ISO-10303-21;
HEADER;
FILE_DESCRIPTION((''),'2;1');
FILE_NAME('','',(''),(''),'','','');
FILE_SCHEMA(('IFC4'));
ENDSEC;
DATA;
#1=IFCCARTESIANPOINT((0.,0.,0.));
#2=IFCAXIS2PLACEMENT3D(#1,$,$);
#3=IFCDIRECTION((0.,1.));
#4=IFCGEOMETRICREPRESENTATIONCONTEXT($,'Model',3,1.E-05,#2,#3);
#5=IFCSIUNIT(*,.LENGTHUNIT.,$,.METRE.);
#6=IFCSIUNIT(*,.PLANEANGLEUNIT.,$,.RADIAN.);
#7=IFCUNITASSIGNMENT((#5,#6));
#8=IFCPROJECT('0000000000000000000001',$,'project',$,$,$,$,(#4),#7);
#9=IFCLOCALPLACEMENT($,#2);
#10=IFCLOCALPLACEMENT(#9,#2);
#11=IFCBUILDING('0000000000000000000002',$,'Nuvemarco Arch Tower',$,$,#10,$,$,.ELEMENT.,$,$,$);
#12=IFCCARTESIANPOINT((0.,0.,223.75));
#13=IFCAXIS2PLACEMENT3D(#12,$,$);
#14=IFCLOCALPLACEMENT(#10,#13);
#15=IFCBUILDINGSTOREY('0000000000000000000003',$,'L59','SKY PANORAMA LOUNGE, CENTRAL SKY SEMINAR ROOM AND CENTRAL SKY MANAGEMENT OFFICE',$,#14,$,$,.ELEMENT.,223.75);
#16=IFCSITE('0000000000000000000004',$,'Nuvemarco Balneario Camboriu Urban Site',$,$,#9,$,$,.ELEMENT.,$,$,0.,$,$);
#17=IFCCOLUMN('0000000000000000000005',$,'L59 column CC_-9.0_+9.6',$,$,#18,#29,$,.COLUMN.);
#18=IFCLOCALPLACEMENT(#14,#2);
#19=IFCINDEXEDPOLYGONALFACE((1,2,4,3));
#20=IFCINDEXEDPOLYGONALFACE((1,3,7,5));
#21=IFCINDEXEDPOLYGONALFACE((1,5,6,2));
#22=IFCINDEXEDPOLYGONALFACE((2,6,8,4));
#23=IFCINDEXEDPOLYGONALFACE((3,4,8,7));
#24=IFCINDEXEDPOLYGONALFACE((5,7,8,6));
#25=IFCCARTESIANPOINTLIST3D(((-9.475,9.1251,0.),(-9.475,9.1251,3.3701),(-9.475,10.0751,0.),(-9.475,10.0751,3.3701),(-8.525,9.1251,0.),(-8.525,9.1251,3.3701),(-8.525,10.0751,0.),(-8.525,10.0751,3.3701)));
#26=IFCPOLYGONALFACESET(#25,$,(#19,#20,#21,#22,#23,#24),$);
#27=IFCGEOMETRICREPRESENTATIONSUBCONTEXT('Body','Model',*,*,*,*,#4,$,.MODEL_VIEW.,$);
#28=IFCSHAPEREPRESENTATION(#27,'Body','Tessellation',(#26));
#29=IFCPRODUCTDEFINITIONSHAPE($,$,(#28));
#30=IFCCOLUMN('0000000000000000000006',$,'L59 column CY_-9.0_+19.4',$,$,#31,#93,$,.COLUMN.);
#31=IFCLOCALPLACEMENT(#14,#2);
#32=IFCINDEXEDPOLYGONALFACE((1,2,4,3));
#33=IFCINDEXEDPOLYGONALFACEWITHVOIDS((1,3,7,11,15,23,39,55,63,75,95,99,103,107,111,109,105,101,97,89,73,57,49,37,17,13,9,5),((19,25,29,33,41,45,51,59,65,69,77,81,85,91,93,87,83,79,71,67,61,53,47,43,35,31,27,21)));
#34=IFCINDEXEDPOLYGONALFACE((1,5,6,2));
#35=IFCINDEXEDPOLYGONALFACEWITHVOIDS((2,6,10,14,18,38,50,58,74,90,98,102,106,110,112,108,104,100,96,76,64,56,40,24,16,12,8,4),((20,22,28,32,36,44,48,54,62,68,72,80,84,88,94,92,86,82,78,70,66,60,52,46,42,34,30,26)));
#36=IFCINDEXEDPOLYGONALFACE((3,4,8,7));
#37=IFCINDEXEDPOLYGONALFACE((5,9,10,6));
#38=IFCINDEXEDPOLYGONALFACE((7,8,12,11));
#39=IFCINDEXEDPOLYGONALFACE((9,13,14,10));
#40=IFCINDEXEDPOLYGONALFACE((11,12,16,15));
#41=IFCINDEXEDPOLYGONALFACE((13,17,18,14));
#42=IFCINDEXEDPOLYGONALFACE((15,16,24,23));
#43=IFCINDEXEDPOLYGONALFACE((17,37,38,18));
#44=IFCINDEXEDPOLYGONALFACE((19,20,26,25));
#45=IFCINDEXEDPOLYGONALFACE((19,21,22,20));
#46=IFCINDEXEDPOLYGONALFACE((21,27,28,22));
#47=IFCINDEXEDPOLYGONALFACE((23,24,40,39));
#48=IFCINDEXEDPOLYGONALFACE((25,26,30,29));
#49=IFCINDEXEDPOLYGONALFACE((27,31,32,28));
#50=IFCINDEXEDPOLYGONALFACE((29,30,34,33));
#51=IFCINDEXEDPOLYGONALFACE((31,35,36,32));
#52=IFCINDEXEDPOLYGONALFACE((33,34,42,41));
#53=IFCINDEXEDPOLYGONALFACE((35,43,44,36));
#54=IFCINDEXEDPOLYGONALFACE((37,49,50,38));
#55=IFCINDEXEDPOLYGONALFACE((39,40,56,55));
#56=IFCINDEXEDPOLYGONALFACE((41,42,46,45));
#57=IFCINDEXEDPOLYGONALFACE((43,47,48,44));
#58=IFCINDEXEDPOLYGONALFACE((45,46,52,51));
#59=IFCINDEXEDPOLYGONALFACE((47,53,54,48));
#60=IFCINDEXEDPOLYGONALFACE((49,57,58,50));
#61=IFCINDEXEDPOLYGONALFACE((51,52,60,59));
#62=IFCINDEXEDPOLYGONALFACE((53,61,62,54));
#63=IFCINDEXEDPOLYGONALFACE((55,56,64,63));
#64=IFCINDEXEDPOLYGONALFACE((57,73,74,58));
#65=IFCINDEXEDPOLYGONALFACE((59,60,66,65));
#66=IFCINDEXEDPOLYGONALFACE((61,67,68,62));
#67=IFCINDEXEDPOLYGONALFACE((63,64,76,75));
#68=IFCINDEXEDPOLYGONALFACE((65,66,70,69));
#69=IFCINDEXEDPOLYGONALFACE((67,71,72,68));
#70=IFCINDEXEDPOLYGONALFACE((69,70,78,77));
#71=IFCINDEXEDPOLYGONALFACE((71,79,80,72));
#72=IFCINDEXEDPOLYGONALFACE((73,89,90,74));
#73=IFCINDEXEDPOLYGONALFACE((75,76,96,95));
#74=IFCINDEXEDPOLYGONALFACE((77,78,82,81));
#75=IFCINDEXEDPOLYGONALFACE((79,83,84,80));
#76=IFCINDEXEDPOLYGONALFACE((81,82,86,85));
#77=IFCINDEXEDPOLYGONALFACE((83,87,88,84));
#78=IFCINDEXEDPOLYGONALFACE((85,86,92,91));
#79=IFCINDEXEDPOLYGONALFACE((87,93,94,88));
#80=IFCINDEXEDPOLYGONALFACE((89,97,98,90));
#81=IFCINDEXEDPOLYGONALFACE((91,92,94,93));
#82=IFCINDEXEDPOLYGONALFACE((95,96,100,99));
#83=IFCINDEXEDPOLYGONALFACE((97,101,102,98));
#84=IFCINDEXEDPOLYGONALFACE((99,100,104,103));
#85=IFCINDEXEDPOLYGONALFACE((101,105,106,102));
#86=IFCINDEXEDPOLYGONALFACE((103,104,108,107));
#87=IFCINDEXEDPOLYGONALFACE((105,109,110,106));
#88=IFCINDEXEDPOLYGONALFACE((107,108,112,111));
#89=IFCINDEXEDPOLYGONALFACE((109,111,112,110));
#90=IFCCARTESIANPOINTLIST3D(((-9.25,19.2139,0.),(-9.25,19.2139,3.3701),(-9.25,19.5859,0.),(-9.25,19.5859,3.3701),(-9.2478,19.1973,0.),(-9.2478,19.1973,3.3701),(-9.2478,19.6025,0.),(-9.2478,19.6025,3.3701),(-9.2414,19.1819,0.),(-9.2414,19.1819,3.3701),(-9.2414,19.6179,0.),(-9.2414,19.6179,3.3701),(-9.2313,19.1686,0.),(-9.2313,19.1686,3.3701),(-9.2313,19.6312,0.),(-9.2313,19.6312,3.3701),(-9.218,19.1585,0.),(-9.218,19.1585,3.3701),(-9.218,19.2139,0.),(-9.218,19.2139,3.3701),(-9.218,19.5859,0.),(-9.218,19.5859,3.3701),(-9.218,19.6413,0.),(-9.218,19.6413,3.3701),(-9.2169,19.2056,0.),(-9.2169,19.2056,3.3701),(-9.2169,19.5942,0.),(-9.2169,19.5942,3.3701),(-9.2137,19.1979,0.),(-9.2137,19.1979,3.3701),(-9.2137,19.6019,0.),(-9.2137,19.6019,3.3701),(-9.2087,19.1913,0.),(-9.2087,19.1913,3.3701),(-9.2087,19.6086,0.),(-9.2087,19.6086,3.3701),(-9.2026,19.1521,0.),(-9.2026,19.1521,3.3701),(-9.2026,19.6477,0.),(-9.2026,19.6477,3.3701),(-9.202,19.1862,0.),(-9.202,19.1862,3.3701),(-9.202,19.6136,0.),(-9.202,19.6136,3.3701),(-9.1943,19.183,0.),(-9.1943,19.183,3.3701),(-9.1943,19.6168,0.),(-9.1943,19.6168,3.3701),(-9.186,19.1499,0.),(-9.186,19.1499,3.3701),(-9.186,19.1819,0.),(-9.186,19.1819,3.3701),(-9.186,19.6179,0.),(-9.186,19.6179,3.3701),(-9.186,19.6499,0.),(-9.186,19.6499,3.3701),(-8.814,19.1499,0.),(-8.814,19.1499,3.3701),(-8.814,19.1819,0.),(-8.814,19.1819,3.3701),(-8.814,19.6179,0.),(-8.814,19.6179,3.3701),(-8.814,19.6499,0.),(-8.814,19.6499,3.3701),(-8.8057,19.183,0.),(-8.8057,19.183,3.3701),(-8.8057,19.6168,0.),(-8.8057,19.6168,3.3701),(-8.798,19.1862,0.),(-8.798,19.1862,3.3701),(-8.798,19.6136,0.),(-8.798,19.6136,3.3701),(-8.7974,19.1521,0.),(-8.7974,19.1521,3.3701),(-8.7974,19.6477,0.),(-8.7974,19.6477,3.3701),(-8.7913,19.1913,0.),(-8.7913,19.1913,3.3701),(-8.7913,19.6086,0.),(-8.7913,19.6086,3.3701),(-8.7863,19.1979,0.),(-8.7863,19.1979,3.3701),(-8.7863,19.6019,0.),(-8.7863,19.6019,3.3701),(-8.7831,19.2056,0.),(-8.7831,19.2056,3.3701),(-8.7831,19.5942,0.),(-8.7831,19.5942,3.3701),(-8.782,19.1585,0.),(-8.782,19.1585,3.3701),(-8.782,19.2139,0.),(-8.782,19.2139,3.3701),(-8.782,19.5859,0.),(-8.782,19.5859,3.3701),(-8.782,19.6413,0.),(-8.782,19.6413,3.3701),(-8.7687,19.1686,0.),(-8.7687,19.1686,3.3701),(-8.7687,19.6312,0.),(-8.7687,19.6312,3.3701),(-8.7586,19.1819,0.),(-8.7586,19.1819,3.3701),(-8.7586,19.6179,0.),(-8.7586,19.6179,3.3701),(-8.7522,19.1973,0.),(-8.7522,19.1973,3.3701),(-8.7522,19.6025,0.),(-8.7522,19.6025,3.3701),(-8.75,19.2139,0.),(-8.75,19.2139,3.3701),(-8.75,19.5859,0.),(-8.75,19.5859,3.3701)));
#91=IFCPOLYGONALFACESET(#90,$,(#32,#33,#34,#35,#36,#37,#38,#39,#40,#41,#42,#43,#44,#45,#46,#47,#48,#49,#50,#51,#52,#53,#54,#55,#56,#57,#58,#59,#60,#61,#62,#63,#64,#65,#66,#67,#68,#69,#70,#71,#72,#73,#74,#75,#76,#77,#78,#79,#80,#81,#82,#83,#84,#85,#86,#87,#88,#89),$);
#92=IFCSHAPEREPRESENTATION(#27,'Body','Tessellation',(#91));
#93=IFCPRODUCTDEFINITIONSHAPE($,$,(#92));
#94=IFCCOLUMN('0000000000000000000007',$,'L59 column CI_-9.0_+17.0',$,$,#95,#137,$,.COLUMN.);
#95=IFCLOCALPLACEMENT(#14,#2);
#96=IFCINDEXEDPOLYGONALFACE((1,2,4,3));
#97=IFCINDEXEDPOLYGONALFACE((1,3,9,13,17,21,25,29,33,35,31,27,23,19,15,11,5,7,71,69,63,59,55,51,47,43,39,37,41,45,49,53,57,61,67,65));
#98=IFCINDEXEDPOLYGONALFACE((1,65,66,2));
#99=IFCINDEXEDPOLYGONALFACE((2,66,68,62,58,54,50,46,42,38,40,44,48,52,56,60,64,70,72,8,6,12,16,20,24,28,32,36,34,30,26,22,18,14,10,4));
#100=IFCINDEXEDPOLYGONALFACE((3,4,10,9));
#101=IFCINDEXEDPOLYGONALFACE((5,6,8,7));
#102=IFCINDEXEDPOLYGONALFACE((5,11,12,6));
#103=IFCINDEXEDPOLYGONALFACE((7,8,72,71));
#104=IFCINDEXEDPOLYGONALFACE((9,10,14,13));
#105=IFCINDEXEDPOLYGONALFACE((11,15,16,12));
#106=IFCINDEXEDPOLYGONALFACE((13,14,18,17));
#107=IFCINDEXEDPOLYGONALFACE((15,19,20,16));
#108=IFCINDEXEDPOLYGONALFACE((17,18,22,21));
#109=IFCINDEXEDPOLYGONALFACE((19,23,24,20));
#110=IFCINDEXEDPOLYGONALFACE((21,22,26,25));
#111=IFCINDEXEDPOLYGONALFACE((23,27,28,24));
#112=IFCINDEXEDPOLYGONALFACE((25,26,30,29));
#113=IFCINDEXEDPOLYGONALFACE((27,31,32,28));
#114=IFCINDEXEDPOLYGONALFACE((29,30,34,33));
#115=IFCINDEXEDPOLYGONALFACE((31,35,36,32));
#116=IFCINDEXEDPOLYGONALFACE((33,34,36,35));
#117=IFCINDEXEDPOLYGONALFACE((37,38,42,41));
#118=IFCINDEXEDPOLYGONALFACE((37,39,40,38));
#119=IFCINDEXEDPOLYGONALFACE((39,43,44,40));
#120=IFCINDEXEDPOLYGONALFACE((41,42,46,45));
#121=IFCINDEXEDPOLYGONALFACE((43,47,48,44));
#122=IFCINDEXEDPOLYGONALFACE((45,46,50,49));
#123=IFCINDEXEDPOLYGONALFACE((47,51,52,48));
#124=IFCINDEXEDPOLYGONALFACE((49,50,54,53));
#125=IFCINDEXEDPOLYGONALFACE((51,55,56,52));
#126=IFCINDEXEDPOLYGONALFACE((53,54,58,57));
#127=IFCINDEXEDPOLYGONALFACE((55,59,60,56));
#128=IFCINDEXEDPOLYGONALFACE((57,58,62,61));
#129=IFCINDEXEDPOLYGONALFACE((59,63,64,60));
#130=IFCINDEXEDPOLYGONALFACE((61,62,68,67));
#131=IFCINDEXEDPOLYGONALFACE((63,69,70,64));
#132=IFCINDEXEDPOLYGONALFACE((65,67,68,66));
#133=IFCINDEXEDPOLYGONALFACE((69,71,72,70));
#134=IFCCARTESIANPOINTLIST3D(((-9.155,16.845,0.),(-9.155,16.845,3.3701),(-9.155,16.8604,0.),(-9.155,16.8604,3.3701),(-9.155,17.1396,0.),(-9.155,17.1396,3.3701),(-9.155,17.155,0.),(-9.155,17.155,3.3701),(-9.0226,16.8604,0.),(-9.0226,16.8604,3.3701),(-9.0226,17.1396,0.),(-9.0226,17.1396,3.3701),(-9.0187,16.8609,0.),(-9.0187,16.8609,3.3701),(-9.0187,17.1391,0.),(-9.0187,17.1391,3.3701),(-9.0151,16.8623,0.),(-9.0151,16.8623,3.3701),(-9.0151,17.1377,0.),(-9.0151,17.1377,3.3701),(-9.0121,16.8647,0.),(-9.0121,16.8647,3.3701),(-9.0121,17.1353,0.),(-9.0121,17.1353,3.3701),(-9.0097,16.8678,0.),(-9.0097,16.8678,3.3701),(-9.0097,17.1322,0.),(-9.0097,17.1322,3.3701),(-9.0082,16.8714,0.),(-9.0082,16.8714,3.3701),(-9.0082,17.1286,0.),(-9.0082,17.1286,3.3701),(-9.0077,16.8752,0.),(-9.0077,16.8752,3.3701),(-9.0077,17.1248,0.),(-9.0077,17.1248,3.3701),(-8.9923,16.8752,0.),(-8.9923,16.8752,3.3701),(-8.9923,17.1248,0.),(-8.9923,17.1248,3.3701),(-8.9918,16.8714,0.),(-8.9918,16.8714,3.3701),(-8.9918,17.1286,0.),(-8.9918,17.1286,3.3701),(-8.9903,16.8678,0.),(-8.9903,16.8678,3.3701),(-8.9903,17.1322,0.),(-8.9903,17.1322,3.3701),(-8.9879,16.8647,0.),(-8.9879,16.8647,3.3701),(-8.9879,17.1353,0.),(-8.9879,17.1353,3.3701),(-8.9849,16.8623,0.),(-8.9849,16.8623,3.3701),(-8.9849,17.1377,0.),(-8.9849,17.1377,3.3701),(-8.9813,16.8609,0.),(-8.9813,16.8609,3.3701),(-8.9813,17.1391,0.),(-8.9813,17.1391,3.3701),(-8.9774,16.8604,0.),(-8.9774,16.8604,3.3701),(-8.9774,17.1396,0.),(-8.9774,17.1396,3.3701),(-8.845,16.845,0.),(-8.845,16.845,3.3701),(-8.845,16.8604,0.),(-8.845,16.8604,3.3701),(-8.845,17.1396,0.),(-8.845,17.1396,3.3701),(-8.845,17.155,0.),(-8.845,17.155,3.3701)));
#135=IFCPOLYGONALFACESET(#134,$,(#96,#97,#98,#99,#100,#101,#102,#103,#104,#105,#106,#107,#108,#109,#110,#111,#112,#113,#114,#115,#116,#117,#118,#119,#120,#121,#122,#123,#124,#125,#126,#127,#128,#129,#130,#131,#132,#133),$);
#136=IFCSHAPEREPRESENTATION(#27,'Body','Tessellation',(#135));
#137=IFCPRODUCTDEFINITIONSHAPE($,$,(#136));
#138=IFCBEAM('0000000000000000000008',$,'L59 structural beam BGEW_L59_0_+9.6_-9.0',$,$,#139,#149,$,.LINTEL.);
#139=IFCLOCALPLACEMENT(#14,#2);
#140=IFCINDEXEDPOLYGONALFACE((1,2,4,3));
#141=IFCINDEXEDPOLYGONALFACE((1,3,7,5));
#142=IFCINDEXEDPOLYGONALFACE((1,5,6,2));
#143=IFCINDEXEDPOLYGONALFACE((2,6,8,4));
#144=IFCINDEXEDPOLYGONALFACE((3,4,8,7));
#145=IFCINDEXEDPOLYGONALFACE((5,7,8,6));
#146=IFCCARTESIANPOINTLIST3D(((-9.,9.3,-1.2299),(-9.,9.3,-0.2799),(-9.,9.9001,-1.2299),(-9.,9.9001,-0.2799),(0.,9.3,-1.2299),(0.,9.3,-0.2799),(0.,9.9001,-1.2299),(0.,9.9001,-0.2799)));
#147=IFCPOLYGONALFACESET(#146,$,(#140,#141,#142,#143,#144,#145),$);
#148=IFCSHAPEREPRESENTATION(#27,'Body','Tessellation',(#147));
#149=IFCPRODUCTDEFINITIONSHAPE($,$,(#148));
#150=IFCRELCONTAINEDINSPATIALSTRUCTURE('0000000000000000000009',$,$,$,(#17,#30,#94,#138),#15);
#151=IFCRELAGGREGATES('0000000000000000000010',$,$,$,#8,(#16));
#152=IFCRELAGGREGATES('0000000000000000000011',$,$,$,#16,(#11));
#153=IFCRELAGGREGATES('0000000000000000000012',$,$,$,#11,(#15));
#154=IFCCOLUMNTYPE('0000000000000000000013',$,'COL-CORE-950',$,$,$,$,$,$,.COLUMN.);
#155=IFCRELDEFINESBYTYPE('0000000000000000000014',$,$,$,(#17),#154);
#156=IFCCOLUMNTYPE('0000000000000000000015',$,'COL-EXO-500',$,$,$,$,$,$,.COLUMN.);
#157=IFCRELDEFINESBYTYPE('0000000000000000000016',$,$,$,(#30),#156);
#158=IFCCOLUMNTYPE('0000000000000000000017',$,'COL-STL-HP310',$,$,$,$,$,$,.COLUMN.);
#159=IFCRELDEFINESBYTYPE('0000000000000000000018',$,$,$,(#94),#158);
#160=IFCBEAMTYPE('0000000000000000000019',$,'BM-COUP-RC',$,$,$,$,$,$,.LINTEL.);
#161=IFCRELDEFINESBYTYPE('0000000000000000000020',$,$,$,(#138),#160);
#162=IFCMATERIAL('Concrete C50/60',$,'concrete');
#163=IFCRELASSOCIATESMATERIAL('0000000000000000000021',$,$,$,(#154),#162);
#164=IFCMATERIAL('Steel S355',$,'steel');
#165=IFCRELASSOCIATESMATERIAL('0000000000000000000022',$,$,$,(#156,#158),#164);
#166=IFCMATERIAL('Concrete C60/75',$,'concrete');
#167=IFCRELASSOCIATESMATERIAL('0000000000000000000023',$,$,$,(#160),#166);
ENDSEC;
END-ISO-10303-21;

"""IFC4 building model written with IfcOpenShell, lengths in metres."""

from ifc_helpers import new_model, si_unit, direction, frame, origin, origin_2d, place, context, subcontext, project, spatial, rectangle, hollow_rectangle, i_section, extrude, material, material_profile, profile_set, type_object, element, save


model = new_model("IFC4")

# Units and contexts
model_context = context("Model", 3, precision=1e-05, world=origin(), true_north=direction((0.0, 1.0)))
body_context = subcontext(model_context, "Body", "Model", "MODEL_VIEW")
ifc_project = project(units=[si_unit("LENGTHUNIT", "METRE"), si_unit("PLANEANGLEUNIT", "RADIAN")], contexts=[model_context])

# Site, building, storey
site_placement = place(None, origin())
site = spatial("IfcSite", under=ifc_project, at=site_placement, Name="Nuvemarco Balneario Camboriu Urban Site", CompositionType="ELEMENT", RefElevation=0.0)
building_placement = place(site_placement, origin())
building = spatial("IfcBuilding", under=site, at=building_placement, Name="Nuvemarco Arch Tower", CompositionType="ELEMENT")
storey_placement = place(building_placement, frame((0.0, 0.0, 223.75)))
storey = spatial("IfcBuildingStorey", under=building, at=storey_placement, Name="L59", Description="SKY PANORAMA LOUNGE, CENTRAL SKY SEMINAR ROOM AND CENTRAL SKY MANAGEMENT OFFICE", CompositionType="ELEMENT", Elevation=223.75)

# Columns
ifc_material_1 = material(Name="Concrete C50/60", Category="concrete")
ifc_material_profile_1 = material_profile(ifc_material_1, rectangle(XDim=0.95, YDim=0.95, at=origin_2d()), Name="RC-COL-950x950")
ifc_profile_set_1 = profile_set([ifc_material_profile_1], Name="Concrete C50/60")
column_type_1 = type_object("IfcColumnType", Name="COL-CORE-950", PredefinedType="COLUMN", material=ifc_profile_set_1)
column_1_placement = place(storey_placement, frame((-9.0, 9.6001, 0.0), z_axis=(0.0, 0.0, 1.0), x_axis=(1.0, 0.0, 0.0)))
element("IfcColumn", 1, at=column_1_placement, inside=storey, type_object=column_type_1, Name="L59 column CC_-9.0_+9.6", PredefinedType="COLUMN", context=body_context, shape_type="SweptSolid", body=[
    extrude(rectangle(XDim=0.95, YDim=0.95, at=origin_2d()), origin(), (0.0, 0.0, 1.0), 3.3701),
])
ifc_material_2 = material(Name="Steel S355", Category="steel")
ifc_material_profile_2 = material_profile(ifc_material_2, hollow_rectangle(XDim=0.5, YDim=0.5, WallThickness=0.032, InnerFilletRadius=0.032, OuterFilletRadius=0.064, at=origin_2d()), Name="SHS500x500x32")
ifc_profile_set_2 = profile_set([ifc_material_profile_2], Name="Steel S355")
column_type_2 = type_object("IfcColumnType", Name="COL-EXO-500", PredefinedType="COLUMN", material=ifc_profile_set_2)
column_2_placement = place(storey_placement, frame((-9.0, 19.3999, 0.0), z_axis=(0.0, 0.0, 1.0), x_axis=(1.0, 0.0, 0.0)))
element("IfcColumn", 2, at=column_2_placement, inside=storey, type_object=column_type_2, Name="L59 column CY_-9.0_+19.4", PredefinedType="COLUMN", context=body_context, shape_type="SweptSolid", body=[
    extrude(hollow_rectangle(XDim=0.5, YDim=0.5, WallThickness=0.032, InnerFilletRadius=0.032, OuterFilletRadius=0.064, at=origin_2d()), origin(), (0.0, 0.0, 1.0), 3.3701),
])
ifc_material_profile_3 = material_profile(ifc_material_2, i_section(OverallWidth=0.3101, OverallDepth=0.3101, WebThickness=0.0154, FlangeThickness=0.0154, FilletRadius=0.0149, at=origin_2d()), Name="HP310x110")
ifc_profile_set_3 = profile_set([ifc_material_profile_3], Name="Steel S355")
column_type_3 = type_object("IfcColumnType", Name="COL-STL-HP310", PredefinedType="COLUMN", material=ifc_profile_set_3)
column_3_placement = place(storey_placement, frame((-9.0, 17.0, 0.0), z_axis=(0.0, 0.0, 1.0), x_axis=(1.0, 0.0, 0.0)))
element("IfcColumn", 3, at=column_3_placement, inside=storey, type_object=column_type_3, Name="L59 column CI_-9.0_+17.0", PredefinedType="COLUMN", context=body_context, shape_type="SweptSolid", body=[
    extrude(i_section(OverallWidth=0.3101, OverallDepth=0.3101, WebThickness=0.0154, FlangeThickness=0.0154, FilletRadius=0.0149, at=origin_2d()), origin(), (0.0, 0.0, 1.0), 3.3701),
])

# Beam
ifc_material_3 = material(Name="Concrete C60/75", Category="concrete")
ifc_material_profile_4 = material_profile(ifc_material_3, rectangle(XDim=0.6001, YDim=0.95, at=origin_2d()), Name="RC-BM-600x950")
ifc_profile_set_4 = profile_set([ifc_material_profile_4], Name="Concrete C60/75")
beam_type_1 = type_object("IfcBeamType", Name="BM-COUP-RC", PredefinedType="LINTEL", material=ifc_profile_set_4)
beam_1_placement = place(storey_placement, frame((-9.0, 9.6001, -0.7549), z_axis=(1.0, 0.0, 0.0), x_axis=(0.0, 1.0, 0.0)))
element("IfcBeam", 4, at=beam_1_placement, inside=storey, type_object=beam_type_1, Name="L59 structural beam BGEW_L59_0_+9.6_-9.0", PredefinedType="LINTEL", context=body_context, shape_type="SweptSolid", body=[
    extrude(rectangle(XDim=0.6001, YDim=0.95, at=origin_2d()), origin(), (0.0, 0.0, 1.0), 9.0),
])

save(model, "model.ifc")
